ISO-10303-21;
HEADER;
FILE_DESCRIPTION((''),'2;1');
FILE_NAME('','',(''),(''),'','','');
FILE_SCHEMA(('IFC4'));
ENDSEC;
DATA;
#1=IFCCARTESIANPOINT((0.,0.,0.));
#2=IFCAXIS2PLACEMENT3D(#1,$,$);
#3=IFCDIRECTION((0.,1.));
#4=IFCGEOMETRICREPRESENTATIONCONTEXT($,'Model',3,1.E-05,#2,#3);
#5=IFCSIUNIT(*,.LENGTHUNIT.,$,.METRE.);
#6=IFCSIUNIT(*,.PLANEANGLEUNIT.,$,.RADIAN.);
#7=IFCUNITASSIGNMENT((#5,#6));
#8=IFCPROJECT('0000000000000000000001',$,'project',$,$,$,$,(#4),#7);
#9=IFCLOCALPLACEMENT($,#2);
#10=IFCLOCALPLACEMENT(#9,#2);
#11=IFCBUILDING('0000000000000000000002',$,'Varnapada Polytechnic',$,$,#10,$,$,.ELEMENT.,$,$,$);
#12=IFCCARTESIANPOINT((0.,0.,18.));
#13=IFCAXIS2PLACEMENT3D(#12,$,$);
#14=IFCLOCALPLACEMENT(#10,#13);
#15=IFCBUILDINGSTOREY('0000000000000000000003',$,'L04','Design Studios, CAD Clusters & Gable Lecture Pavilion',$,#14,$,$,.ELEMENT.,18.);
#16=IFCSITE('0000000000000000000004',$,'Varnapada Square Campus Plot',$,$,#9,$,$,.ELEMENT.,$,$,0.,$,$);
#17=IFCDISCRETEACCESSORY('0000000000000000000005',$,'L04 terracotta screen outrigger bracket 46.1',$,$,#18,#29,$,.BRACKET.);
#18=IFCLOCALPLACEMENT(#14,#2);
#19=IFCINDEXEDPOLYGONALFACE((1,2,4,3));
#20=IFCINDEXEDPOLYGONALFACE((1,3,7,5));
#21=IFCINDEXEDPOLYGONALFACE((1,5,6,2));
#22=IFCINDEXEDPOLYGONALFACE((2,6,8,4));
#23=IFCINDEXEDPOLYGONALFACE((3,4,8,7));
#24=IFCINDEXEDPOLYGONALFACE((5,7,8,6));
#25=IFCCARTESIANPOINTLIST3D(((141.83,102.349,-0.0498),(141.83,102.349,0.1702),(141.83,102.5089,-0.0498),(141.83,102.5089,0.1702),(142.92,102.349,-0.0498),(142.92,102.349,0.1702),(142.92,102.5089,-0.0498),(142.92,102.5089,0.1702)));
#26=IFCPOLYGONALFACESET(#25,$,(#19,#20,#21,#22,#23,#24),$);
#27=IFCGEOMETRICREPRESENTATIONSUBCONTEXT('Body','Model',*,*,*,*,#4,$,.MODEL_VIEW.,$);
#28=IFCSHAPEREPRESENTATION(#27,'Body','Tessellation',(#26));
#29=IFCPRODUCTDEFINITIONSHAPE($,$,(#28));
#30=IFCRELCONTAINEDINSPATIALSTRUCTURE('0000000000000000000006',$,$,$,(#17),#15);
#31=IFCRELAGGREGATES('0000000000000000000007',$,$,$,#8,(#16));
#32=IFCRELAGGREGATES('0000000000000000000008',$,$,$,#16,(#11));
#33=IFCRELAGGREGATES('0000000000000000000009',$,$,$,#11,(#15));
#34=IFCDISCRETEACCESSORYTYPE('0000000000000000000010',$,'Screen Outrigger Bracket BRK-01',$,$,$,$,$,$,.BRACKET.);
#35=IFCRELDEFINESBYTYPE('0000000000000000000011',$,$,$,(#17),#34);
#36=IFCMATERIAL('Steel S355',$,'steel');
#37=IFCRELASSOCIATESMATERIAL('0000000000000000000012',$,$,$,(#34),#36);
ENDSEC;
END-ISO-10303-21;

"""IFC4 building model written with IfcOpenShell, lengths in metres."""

from ifc_helpers import new_model, si_unit, direction, frame, origin, origin_2d, place, context, subcontext, project, spatial, rectangle, extrude, material, type_object, element, save


model = new_model("IFC4")

# Units and contexts
model_context = context("Model", 3, precision=1e-05, world=origin(), true_north=direction((0.0, 1.0)))
body_context = subcontext(model_context, "Body", "Model", "MODEL_VIEW")
ifc_project = project(units=[si_unit("LENGTHUNIT", "METRE"), si_unit("PLANEANGLEUNIT", "RADIAN")], contexts=[model_context])

# Site, building, storey
site_placement = place(None, origin())
site = spatial("IfcSite", under=ifc_project, at=site_placement, Name="Varnapada Square Campus Plot", CompositionType="ELEMENT", RefElevation=0.0)
building_placement = place(site_placement, origin())
building = spatial("IfcBuilding", under=site, at=building_placement, Name="Varnapada Polytechnic", CompositionType="ELEMENT")
storey_placement = place(building_placement, frame((0.0, 0.0, 18.0)))
storey = spatial("IfcBuildingStorey", under=building, at=storey_placement, Name="L04", Description="Design Studios, CAD Clusters & Gable Lecture Pavilion", CompositionType="ELEMENT", Elevation=18.0)

# Discrete accessory
ifc_material_1 = material(Name="Steel S355", Category="steel")
discrete_accessory_type = type_object("IfcDiscreteAccessoryType", Name="Screen Outrigger Bracket BRK-01", PredefinedType="BRACKET", material=ifc_material_1)
for number, where, z_axis, x_axis, name in (
    (1, (142.375, 102.429, -0.0498), (0.0, 0.0, 1.0), (0.0, 1.0, 0.0), "L04 terracotta screen outrigger bracket 46.1"),
):
    element("IfcDiscreteAccessory", number, at=place(storey_placement, frame(where, z_axis=z_axis, x_axis=x_axis)), inside=storey, type_object=discrete_accessory_type, Name=name, PredefinedType="BRACKET", context=body_context, shape_type="SweptSolid", body=[
        extrude(rectangle(XDim=0.1599, YDim=1.0901, at=origin_2d()), origin(), (0.0, 0.0, 1.0), 0.22),
    ])

save(model, "model.ifc")
